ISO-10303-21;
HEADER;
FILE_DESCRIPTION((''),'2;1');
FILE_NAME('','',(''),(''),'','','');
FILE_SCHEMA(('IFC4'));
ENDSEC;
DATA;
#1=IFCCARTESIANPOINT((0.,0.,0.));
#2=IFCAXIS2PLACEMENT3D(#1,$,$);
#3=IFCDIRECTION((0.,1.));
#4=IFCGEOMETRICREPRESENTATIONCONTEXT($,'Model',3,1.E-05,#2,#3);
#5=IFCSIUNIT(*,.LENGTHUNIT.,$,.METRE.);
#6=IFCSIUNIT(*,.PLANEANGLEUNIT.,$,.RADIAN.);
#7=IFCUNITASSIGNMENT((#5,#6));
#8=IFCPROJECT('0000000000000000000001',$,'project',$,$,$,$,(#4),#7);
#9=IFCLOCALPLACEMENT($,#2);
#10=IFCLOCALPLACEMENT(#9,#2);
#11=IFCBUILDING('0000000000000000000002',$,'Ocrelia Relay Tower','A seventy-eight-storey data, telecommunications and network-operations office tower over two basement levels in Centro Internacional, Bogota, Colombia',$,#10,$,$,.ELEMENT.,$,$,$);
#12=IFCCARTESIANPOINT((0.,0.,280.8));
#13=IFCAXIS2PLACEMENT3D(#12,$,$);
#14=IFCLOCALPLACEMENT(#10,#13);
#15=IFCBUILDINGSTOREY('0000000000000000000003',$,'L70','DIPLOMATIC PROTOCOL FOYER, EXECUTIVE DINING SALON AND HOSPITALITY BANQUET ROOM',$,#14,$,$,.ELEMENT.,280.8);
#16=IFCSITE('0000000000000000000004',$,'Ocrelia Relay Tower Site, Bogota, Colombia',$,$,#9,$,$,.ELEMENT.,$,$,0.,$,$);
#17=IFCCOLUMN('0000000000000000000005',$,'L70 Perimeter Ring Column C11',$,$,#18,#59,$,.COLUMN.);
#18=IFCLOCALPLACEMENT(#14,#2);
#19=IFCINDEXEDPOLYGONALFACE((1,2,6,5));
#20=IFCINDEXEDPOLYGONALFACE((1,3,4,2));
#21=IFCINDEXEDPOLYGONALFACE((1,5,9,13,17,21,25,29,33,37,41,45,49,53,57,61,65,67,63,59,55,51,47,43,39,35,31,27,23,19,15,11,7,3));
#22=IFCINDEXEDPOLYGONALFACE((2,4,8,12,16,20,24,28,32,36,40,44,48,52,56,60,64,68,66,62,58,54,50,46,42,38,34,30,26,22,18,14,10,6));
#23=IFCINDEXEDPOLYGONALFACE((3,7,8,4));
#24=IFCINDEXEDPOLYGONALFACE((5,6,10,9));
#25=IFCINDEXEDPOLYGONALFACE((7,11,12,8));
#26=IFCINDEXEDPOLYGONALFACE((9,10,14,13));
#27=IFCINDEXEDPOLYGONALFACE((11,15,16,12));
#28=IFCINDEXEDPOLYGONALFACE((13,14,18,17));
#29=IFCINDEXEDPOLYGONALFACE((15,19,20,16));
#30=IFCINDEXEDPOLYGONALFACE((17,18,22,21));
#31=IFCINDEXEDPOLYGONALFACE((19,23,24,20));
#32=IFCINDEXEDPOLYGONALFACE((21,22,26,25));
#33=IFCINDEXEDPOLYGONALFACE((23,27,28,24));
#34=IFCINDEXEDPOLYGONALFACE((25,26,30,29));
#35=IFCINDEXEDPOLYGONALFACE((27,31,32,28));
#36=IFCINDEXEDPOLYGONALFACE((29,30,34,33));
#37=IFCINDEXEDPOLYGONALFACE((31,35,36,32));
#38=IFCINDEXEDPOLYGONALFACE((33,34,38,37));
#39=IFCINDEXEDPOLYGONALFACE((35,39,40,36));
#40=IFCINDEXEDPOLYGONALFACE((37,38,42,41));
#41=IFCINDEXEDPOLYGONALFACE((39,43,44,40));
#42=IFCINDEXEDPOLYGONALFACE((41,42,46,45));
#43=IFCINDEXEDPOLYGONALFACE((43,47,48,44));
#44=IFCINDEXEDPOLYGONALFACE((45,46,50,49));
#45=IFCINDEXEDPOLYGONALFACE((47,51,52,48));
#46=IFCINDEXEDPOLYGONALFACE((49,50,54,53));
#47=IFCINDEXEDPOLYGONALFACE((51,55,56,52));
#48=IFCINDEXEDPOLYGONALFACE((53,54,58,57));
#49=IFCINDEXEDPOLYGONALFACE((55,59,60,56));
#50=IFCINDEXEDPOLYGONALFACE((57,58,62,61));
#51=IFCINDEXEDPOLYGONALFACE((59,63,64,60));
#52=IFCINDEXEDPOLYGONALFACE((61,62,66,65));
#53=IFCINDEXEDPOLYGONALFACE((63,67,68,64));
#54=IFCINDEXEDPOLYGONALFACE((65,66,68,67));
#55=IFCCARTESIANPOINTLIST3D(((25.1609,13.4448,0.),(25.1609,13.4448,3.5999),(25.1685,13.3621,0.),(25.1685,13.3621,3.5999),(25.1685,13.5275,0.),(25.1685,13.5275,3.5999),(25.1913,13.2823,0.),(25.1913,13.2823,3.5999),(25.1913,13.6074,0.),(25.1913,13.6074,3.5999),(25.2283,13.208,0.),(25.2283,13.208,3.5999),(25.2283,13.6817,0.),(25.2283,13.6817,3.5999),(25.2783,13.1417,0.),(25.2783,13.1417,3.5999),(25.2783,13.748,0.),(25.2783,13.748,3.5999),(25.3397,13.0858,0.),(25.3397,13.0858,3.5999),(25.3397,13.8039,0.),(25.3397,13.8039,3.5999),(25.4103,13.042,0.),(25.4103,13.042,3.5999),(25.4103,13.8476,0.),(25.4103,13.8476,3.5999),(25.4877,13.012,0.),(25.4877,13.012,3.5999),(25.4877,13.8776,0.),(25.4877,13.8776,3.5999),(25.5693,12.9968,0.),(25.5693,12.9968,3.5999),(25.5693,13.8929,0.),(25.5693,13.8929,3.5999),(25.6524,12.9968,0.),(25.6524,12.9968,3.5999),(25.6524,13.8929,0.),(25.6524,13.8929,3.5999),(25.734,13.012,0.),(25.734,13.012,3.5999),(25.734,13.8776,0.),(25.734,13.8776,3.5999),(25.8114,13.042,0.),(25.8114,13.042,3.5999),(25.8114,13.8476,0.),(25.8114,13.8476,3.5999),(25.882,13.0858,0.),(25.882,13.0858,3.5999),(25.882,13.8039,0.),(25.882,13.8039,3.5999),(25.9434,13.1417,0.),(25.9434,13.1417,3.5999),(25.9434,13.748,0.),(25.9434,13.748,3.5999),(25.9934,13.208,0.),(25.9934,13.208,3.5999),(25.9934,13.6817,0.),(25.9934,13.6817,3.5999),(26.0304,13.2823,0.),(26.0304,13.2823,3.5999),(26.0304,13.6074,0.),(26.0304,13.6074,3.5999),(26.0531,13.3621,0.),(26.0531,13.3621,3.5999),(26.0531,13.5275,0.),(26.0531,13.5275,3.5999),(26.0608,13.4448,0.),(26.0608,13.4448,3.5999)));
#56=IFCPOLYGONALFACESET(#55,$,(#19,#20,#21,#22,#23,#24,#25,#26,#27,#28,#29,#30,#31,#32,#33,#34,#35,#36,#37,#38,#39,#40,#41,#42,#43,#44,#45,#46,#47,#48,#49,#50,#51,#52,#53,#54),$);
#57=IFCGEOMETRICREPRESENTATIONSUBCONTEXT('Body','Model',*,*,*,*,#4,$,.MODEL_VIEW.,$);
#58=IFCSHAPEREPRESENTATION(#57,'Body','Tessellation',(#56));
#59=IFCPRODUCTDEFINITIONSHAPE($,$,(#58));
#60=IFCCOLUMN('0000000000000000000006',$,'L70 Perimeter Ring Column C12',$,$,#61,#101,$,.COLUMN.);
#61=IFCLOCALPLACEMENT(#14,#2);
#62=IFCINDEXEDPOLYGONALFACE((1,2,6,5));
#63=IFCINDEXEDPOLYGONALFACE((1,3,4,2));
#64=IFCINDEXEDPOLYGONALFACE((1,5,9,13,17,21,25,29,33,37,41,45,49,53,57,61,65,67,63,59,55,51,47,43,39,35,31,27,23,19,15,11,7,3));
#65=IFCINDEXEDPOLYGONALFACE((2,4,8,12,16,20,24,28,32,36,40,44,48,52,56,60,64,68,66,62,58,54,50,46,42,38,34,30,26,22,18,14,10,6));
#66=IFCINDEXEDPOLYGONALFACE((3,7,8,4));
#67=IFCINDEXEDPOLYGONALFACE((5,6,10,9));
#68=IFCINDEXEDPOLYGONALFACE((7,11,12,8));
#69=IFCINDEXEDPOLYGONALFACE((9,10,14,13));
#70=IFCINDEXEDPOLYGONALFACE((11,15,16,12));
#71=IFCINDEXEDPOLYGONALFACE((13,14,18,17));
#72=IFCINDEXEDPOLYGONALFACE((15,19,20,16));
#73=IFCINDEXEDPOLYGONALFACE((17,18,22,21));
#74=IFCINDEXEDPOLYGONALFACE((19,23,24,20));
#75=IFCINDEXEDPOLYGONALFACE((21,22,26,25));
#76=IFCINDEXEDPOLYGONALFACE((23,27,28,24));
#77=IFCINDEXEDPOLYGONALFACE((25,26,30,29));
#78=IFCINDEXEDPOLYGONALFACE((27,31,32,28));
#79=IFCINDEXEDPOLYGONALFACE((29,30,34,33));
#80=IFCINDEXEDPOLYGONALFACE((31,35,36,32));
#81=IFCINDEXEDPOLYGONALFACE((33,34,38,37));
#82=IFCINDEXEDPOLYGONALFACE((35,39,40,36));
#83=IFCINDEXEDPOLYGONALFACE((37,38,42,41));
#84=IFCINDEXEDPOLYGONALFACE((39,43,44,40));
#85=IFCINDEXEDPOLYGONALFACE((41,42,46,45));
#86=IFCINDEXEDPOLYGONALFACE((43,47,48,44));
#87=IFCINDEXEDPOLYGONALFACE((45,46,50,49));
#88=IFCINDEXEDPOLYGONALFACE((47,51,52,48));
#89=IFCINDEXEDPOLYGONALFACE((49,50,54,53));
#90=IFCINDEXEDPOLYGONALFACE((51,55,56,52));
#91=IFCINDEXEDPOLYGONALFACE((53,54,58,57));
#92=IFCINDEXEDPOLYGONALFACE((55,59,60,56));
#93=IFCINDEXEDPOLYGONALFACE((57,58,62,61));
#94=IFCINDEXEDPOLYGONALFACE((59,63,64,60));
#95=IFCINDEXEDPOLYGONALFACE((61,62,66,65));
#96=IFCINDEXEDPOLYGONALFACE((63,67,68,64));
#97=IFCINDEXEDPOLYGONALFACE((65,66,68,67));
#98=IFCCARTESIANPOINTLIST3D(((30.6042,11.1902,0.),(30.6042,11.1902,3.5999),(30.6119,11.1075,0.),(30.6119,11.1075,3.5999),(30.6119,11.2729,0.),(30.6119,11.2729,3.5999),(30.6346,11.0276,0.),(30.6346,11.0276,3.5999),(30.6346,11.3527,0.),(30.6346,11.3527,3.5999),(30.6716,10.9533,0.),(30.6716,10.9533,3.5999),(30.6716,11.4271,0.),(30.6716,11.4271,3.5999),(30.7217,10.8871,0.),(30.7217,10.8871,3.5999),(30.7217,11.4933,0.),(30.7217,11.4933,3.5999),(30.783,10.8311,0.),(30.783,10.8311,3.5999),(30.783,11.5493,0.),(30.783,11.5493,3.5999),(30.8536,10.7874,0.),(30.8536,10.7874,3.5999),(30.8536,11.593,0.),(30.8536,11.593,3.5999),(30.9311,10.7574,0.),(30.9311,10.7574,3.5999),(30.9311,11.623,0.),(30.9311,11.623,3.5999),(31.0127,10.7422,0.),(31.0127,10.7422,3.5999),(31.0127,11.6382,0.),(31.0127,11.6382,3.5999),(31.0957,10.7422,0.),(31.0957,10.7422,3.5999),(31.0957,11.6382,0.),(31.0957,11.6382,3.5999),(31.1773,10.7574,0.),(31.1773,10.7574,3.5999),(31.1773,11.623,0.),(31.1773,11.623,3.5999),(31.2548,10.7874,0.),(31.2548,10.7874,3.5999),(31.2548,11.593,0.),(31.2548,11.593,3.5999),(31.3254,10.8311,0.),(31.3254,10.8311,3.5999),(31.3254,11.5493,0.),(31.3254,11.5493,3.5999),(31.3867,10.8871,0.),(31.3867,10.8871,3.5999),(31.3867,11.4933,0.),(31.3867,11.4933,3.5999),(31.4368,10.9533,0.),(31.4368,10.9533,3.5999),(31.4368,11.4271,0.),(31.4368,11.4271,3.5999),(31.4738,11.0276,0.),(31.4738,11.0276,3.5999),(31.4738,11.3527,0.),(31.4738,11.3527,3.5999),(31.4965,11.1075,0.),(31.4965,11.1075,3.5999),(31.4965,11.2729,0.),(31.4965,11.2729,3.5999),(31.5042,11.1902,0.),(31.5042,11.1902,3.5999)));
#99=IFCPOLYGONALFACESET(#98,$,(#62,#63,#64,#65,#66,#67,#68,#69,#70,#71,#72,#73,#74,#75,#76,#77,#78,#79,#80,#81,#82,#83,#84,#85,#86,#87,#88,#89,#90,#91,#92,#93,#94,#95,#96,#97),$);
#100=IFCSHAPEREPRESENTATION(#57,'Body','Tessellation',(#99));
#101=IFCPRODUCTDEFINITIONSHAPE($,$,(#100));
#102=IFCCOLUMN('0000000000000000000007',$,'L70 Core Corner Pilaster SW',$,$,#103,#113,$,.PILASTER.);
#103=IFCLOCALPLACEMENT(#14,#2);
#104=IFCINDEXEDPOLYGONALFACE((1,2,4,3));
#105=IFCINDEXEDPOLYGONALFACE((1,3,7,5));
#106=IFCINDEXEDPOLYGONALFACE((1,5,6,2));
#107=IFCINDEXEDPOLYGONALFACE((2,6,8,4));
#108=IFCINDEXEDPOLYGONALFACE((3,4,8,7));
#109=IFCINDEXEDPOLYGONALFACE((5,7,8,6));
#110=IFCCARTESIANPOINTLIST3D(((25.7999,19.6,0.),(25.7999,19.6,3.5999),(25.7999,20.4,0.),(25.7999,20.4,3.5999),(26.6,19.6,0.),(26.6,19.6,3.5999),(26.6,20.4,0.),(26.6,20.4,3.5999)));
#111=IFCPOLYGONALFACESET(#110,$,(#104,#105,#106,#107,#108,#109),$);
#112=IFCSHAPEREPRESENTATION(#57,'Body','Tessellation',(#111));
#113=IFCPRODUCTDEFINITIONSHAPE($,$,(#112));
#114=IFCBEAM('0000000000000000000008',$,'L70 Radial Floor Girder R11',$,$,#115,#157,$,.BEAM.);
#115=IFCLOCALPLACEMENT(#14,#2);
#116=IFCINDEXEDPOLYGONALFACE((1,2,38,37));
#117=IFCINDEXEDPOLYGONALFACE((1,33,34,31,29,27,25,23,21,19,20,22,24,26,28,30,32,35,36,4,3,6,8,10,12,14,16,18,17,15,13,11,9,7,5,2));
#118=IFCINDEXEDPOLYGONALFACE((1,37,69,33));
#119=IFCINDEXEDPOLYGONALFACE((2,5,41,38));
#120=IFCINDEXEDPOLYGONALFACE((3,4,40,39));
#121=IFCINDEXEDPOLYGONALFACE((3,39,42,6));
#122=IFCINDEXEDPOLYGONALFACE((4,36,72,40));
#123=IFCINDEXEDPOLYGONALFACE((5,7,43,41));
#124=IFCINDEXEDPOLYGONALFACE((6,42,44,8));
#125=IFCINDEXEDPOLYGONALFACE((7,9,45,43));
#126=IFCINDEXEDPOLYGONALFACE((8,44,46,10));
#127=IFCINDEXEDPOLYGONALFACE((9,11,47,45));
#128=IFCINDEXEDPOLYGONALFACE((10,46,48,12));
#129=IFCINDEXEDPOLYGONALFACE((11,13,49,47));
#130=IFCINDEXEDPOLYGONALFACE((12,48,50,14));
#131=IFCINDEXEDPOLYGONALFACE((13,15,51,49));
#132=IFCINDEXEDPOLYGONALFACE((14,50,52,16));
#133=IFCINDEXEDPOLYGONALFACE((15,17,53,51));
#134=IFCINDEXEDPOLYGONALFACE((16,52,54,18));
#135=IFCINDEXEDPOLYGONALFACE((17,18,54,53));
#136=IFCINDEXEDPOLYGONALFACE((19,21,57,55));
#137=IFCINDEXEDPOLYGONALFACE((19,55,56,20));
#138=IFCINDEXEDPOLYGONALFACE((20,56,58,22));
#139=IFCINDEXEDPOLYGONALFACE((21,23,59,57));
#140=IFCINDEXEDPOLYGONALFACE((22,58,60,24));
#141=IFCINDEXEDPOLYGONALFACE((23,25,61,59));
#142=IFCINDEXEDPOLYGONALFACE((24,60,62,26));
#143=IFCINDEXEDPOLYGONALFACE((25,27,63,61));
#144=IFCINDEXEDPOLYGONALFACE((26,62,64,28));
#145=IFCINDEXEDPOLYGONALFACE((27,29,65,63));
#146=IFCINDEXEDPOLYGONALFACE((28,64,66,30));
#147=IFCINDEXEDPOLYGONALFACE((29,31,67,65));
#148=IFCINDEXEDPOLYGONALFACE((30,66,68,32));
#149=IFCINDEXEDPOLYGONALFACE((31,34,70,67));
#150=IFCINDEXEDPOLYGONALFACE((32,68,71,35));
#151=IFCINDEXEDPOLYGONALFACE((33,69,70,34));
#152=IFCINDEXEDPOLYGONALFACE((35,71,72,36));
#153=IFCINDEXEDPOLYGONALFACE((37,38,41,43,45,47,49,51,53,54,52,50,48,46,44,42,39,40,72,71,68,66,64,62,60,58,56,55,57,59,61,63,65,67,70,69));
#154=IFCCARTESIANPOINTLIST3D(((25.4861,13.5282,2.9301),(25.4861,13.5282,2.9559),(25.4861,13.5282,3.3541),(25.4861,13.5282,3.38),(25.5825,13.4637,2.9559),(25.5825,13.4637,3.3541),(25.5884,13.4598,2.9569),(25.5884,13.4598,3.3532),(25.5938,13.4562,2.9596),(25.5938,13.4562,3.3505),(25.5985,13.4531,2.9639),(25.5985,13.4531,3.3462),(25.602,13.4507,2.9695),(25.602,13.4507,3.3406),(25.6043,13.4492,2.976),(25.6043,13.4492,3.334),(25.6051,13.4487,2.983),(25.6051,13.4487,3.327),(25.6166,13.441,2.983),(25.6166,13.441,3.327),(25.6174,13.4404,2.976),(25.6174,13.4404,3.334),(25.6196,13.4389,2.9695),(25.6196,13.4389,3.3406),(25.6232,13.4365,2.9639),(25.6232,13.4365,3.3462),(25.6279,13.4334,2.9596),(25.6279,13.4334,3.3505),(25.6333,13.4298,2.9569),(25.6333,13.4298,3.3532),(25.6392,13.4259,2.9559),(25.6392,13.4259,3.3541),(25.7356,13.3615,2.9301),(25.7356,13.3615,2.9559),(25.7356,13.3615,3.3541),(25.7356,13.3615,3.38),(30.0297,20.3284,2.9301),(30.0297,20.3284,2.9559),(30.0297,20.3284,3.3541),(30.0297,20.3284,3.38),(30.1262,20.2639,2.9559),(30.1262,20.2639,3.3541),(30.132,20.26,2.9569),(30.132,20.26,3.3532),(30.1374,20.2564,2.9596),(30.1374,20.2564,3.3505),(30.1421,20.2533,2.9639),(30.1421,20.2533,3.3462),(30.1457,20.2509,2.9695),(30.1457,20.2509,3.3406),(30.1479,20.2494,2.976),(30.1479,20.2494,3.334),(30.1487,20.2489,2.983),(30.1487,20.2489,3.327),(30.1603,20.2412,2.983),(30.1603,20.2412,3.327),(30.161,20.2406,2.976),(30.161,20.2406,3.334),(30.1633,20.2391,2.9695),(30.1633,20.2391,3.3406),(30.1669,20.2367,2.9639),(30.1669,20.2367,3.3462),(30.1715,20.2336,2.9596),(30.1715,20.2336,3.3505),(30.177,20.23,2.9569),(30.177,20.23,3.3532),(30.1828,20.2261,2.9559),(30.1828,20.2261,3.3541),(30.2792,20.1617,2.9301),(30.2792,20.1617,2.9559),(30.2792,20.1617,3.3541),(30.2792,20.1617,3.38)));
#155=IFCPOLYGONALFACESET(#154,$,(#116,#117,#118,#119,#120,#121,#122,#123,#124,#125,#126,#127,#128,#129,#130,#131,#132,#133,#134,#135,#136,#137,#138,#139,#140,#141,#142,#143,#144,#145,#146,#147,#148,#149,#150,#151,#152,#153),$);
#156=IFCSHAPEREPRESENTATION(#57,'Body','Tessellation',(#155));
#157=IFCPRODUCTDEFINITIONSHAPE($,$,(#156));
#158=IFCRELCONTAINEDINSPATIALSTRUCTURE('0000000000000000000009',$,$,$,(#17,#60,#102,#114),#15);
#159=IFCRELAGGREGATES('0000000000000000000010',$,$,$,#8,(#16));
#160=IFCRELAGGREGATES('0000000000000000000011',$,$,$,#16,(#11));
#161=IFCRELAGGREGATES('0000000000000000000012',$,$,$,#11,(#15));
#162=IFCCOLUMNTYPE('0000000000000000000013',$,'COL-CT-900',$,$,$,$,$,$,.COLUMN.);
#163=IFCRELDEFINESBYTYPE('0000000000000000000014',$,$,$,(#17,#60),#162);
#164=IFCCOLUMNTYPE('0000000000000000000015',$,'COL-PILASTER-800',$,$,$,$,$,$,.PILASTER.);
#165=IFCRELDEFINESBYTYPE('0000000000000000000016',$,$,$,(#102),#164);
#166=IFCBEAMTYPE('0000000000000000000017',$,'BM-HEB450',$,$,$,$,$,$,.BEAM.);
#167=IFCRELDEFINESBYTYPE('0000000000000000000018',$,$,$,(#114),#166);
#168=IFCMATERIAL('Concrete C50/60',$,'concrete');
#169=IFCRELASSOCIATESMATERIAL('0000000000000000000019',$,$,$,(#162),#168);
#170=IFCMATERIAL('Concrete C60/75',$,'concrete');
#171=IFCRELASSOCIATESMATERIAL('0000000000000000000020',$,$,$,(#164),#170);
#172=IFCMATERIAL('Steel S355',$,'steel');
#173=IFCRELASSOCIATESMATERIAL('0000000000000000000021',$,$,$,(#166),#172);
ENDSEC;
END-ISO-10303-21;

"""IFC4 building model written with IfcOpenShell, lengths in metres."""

from ifc_helpers import new_model, si_unit, direction, frame, origin, origin_2d, place, context, subcontext, project, spatial, rectangle, circle, i_section, extrude, material, material_profile, profile_set, type_object, element, save


model = new_model("IFC4")

# Units and contexts
model_context = context("Model", 3, precision=1e-05, world=origin(), true_north=direction((0.0, 1.0)))
body_context = subcontext(model_context, "Body", "Model", "MODEL_VIEW")
ifc_project = project(units=[si_unit("LENGTHUNIT", "METRE"), si_unit("PLANEANGLEUNIT", "RADIAN")], contexts=[model_context])

# Site, building, storey
site_placement = place(None, origin())
site = spatial("IfcSite", under=ifc_project, at=site_placement, Name="Ocrelia Relay Tower Site, Bogota, Colombia", CompositionType="ELEMENT", RefElevation=0.0)
building_placement = place(site_placement, origin())
building = spatial("IfcBuilding", under=site, at=building_placement, Name="Ocrelia Relay Tower", Description="A seventy-eight-storey data, telecommunications and network-operations office tower over two basement levels in Centro Internacional, Bogota, Colombia", CompositionType="ELEMENT")
storey_placement = place(building_placement, frame((0.0, 0.0, 280.8)))
storey = spatial("IfcBuildingStorey", under=building, at=storey_placement, Name="L70", Description="DIPLOMATIC PROTOCOL FOYER, EXECUTIVE DINING SALON AND HOSPITALITY BANQUET ROOM", CompositionType="ELEMENT", Elevation=280.8)

# Columns
ifc_material_1 = material(Name="Concrete C50/60", Category="concrete")
ifc_material_profile_1 = material_profile(ifc_material_1, circle(Radius=0.45, at=origin_2d()), Name="RC-CIR-900")
ifc_profile_set_1 = profile_set([ifc_material_profile_1], Name="Concrete C50/60")
column_type_1 = type_object("IfcColumnType", Name="COL-CT-900", PredefinedType="COLUMN", material=ifc_profile_set_1)
for number, where, z_axis, x_axis, name in (
    (1, (25.6108, 13.4448, 0.0), (0.0, 0.0, 1.0), (1.0, 0.0, 0.0), "L70 Perimeter Ring Column C11"),
    (2, (31.0542, 11.1902, 0.0), (0.0, 0.0, 1.0), (1.0, 0.0, 0.0), "L70 Perimeter Ring Column C12"),
):
    element("IfcColumn", number, at=place(storey_placement, frame(where, z_axis=z_axis, x_axis=x_axis)), inside=storey, type_object=column_type_1, Name=name, PredefinedType="COLUMN", context=body_context, shape_type="SweptSolid", body=[
        extrude(circle(Radius=0.45, at=origin_2d()), origin(), (0.0, 0.0, 1.0), 3.5999),
    ])
ifc_material_2 = material(Name="Concrete C60/75", Category="concrete")
ifc_material_profile_2 = material_profile(ifc_material_2, rectangle(XDim=0.8, YDim=0.8, at=origin_2d()), Name="RC-COL-800x800")
ifc_profile_set_2 = profile_set([ifc_material_profile_2], Name="Concrete C60/75")
column_type_2 = type_object("IfcColumnType", Name="COL-PILASTER-800", PredefinedType="PILASTER", material=ifc_profile_set_2)
column_placement = place(storey_placement, frame((26.2, 20.0, 0.0), z_axis=(0.0, 0.0, 1.0), x_axis=(1.0, 0.0, 0.0)))
element("IfcColumn", 3, at=column_placement, inside=storey, type_object=column_type_2, Name="L70 Core Corner Pilaster SW", PredefinedType="PILASTER", context=body_context, shape_type="SweptSolid", body=[
    extrude(rectangle(XDim=0.8, YDim=0.8, at=origin_2d()), origin(), (0.0, 0.0, 1.0), 3.5999),
])

# Beam
ifc_material_3 = material(Name="Steel S355", Category="steel")
ifc_material_profile_3 = material_profile(ifc_material_3, i_section(OverallWidth=0.3, OverallDepth=0.45, WebThickness=0.0139, FlangeThickness=0.0259, FilletRadius=0.0271, at=origin_2d()), Name="HEB 450")
ifc_profile_set_3 = profile_set([ifc_material_profile_3], Name="Steel S355")
beam_type_1 = type_object("IfcBeamType", Name="BM-HEB450", PredefinedType="BEAM", material=ifc_profile_set_3)
beam_1_placement = place(storey_placement, frame((25.6108, 13.4448, 3.155), z_axis=(0.555561, 0.831476, 0.0), x_axis=(-0.831476, 0.555561, 0.0)))
element("IfcBeam", 4, at=beam_1_placement, inside=storey, type_object=beam_type_1, Name="L70 Radial Floor Girder R11", PredefinedType="BEAM", context=body_context, shape_type="SweptSolid", body=[
    extrude(i_section(OverallWidth=0.3, OverallDepth=0.45, WebThickness=0.0139, FlangeThickness=0.0259, FilletRadius=0.0271, at=origin_2d()), origin(), (0.0, 0.0, 1.0), 8.1785),
])

save(model, "model.ifc")
